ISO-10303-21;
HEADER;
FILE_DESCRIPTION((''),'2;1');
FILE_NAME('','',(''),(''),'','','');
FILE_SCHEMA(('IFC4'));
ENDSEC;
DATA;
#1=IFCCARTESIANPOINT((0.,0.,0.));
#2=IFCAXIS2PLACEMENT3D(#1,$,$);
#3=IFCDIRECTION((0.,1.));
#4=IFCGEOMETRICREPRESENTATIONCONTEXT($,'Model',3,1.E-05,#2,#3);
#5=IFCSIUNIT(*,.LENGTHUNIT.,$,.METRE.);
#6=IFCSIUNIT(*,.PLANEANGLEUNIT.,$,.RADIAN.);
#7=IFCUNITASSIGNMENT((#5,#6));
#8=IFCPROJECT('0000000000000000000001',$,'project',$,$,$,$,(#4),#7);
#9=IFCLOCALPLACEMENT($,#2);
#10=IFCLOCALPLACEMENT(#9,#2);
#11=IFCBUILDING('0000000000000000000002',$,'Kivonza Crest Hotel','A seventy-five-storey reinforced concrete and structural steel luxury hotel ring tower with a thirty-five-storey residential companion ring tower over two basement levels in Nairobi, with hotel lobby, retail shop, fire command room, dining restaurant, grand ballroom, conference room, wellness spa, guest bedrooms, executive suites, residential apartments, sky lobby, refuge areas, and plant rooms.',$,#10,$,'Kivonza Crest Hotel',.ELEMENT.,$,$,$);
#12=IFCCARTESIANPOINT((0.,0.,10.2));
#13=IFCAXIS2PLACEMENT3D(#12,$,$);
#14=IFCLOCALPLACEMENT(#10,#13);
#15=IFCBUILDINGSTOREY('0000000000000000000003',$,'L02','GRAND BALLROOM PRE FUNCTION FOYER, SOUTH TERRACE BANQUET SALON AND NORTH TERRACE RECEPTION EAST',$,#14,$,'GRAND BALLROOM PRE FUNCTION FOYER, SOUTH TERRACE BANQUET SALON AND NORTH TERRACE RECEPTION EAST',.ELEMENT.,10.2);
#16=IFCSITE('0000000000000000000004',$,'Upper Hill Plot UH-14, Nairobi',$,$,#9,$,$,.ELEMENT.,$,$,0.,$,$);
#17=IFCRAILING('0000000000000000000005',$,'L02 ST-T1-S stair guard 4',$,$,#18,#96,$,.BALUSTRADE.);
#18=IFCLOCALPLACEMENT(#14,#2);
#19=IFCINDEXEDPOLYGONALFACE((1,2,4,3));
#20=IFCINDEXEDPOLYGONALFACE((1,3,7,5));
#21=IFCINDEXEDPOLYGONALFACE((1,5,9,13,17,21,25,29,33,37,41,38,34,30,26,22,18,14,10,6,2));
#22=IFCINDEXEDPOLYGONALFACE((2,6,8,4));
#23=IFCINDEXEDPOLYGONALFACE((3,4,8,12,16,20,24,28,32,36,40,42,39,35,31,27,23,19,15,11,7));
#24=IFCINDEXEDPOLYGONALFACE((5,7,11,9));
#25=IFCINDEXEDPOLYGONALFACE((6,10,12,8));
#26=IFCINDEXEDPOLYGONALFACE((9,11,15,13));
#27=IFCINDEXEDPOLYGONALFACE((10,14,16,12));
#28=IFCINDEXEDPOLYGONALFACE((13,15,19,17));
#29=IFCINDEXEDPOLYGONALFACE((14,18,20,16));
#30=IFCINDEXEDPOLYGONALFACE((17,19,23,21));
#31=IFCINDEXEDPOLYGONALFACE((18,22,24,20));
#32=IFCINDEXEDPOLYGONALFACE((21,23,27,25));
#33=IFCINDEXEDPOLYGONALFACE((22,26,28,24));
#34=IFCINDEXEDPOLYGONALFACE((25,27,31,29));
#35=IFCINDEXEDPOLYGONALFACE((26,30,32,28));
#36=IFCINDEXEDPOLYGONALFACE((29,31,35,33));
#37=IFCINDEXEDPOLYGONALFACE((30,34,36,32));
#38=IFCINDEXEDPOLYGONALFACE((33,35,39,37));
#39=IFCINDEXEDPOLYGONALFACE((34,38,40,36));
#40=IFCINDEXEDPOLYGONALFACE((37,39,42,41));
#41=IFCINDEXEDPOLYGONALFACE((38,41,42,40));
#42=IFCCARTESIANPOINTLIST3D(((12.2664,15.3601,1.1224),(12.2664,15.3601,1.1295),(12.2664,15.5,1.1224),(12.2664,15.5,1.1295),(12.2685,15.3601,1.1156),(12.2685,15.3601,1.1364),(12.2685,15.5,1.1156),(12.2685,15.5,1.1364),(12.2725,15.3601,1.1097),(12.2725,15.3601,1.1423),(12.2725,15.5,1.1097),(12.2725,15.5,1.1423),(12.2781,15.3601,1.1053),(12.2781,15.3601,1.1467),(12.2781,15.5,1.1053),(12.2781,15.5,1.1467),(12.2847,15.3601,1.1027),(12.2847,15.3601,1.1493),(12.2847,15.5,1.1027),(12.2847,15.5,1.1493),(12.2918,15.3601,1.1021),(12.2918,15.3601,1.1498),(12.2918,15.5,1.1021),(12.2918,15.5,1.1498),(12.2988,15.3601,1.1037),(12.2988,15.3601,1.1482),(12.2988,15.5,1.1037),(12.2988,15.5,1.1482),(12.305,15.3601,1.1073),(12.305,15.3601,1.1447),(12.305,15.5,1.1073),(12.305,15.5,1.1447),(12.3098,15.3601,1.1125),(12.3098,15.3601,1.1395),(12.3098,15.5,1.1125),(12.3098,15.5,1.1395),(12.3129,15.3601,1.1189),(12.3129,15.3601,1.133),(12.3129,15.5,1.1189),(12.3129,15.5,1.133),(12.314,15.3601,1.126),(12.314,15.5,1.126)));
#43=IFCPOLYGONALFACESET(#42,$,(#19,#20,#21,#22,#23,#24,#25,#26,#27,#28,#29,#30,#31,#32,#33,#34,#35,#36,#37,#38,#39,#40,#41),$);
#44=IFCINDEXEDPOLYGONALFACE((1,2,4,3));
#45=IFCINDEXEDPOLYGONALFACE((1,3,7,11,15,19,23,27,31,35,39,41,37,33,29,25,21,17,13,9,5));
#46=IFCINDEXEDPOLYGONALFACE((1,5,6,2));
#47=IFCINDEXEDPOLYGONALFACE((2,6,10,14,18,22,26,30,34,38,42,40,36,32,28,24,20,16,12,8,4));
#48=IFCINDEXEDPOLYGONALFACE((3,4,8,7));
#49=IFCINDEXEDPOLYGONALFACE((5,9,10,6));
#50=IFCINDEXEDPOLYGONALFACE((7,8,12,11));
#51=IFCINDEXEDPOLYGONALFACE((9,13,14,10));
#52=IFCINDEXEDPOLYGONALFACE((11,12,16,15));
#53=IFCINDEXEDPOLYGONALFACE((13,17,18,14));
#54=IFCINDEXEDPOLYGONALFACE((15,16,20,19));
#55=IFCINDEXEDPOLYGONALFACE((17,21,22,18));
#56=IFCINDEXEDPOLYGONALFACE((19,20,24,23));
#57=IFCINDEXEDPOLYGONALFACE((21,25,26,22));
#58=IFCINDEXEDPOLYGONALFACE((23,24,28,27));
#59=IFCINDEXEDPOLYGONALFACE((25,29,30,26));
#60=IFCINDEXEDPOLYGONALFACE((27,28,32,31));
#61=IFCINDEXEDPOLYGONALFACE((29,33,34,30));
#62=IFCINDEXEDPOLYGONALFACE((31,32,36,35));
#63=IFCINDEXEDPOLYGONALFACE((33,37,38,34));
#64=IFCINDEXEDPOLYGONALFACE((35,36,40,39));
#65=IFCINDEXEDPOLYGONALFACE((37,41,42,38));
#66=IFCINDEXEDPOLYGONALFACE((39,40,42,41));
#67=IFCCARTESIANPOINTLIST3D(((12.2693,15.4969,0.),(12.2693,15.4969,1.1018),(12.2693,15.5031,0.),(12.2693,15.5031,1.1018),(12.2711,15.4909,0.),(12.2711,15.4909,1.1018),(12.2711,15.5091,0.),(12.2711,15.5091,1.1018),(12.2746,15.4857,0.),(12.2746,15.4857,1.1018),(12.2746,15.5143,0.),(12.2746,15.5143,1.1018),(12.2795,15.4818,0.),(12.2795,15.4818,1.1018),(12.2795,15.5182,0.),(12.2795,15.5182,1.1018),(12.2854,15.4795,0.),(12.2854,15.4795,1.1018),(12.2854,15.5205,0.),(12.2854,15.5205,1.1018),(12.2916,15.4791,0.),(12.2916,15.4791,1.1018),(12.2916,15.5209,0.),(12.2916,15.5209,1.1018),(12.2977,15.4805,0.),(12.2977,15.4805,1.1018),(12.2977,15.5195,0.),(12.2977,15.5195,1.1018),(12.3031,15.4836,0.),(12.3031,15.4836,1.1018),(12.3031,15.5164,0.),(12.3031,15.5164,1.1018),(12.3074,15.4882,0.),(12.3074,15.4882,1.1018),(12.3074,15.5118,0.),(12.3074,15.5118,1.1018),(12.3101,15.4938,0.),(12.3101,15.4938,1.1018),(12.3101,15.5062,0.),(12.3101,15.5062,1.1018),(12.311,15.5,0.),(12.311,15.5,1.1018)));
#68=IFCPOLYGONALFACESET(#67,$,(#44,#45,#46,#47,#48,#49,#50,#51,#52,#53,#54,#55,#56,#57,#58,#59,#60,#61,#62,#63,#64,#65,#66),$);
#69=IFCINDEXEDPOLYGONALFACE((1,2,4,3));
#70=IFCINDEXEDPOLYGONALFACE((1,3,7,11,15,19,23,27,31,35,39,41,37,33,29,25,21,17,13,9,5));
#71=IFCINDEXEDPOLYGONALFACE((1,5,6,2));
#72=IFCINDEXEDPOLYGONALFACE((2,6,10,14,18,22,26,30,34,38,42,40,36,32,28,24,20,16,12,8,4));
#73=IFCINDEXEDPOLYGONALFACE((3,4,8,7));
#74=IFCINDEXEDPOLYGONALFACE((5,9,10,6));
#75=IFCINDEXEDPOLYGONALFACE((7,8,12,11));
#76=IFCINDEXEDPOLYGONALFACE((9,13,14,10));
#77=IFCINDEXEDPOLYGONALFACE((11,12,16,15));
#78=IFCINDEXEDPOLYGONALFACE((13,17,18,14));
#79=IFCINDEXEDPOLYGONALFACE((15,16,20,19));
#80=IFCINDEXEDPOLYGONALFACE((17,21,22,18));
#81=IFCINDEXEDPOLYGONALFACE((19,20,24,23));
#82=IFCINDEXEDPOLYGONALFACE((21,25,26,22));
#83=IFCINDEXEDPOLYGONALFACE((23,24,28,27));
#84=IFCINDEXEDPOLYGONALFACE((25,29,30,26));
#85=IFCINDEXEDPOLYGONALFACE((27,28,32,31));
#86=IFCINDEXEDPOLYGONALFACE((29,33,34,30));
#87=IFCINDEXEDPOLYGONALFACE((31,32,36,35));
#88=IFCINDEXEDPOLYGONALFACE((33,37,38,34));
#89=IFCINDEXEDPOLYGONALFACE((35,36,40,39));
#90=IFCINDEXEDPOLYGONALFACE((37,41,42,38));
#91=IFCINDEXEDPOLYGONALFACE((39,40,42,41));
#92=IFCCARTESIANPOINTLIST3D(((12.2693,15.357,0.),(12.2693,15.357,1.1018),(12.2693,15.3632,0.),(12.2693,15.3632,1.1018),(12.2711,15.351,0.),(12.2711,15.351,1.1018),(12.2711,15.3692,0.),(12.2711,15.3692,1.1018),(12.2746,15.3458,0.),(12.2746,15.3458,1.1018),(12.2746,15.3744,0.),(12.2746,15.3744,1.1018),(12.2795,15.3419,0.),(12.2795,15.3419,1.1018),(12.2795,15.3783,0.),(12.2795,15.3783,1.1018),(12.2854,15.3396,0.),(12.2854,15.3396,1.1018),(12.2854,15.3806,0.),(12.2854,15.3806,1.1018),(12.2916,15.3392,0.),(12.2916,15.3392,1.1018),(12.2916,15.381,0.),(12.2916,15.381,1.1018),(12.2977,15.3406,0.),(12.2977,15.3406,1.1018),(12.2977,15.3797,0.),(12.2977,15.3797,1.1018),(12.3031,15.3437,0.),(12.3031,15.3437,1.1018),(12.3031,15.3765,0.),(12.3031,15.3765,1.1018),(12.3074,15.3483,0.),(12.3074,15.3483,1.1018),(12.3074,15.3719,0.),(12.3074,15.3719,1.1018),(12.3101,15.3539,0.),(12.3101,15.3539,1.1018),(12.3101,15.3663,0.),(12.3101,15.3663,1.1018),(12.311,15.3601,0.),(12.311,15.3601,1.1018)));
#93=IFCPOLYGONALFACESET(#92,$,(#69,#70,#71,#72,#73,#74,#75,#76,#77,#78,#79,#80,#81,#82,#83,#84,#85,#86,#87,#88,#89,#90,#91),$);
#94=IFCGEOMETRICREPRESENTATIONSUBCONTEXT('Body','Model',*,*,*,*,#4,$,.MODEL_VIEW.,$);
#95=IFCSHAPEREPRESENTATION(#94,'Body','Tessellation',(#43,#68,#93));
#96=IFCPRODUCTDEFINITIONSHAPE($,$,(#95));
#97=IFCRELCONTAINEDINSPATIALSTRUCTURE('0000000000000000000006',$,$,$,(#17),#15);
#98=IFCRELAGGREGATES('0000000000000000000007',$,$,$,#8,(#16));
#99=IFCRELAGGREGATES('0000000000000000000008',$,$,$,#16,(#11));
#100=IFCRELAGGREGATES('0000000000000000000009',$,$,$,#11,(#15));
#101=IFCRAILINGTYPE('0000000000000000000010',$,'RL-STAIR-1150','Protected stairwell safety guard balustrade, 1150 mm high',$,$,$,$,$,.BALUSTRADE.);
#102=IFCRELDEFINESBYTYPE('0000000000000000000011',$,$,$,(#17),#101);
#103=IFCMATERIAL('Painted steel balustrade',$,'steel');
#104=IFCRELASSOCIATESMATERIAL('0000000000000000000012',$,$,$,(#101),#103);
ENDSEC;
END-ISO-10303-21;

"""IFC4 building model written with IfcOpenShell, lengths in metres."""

from ifc_helpers import new_model, si_unit, direction, frame, origin, origin_2d, place, context, subcontext, project, spatial, circle, extrude, material, type_object, element, save


model = new_model("IFC4")

# Units and contexts
model_context = context("Model", 3, precision=1e-05, world=origin(), true_north=direction((0.0, 1.0)))
body_context = subcontext(model_context, "Body", "Model", "MODEL_VIEW")
ifc_project = project(units=[si_unit("LENGTHUNIT", "METRE"), si_unit("PLANEANGLEUNIT", "RADIAN")], contexts=[model_context])

# Site, building, storey
site_placement = place(None, origin())
site = spatial("IfcSite", under=ifc_project, at=site_placement, Name="Upper Hill Plot UH-14, Nairobi", CompositionType="ELEMENT", RefElevation=0.0)
building_placement = place(site_placement, origin())
building = spatial("IfcBuilding", under=site, at=building_placement, Name="Kivonza Crest Hotel", Description="A seventy-five-storey reinforced concrete and structural steel luxury hotel ring tower with a thirty-five-storey residential companion ring tower over two basement levels in Nairobi, with hotel lobby, retail shop, fire command room, dining restaurant, grand ballroom, conference room, wellness spa, guest bedrooms, executive suites, residential apartments, sky lobby, refuge areas, and plant rooms.", LongName="Kivonza Crest Hotel", CompositionType="ELEMENT")
storey_placement = place(building_placement, frame((0.0, 0.0, 10.2)))
storey = spatial("IfcBuildingStorey", under=building, at=storey_placement, Name="L02", Description="GRAND BALLROOM PRE FUNCTION FOYER, SOUTH TERRACE BANQUET SALON AND NORTH TERRACE RECEPTION EAST", LongName="GRAND BALLROOM PRE FUNCTION FOYER, SOUTH TERRACE BANQUET SALON AND NORTH TERRACE RECEPTION EAST", CompositionType="ELEMENT", Elevation=10.2)

# Railing
ifc_material_1 = material(Name="Painted steel balustrade", Category="steel")
railing_type_1 = type_object("IfcRailingType", Name="RL-STAIR-1150", Description="Protected stairwell safety guard balustrade, 1150 mm high", PredefinedType="BALUSTRADE", material=ifc_material_1)
railing_1_placement = place(storey_placement, frame((12.29, 15.5, 0.0)))
element("IfcRailing", 1, at=railing_1_placement, inside=storey, type_object=railing_type_1, Name="L02 ST-T1-S stair guard 4", PredefinedType="BALUSTRADE", context=body_context, shape_type="SweptSolid", body=[
    extrude(circle(Radius=0.0239, at=origin_2d()), frame((0.0, 0.0, 1.126), z_axis=(0.0, -1.0, 0.0), x_axis=(1.0, 0.0, 0.0)), (0.0, 0.0, 1.0), 0.1399),
    extrude(circle(Radius=0.021, at=origin_2d()), origin(), (0.0, 0.0, 1.0), 1.1018),
    extrude(circle(Radius=0.021, at=origin_2d()), frame((0.0, -0.1399, 0.0)), (0.0, 0.0, 1.0), 1.1018),
])

save(model, "model.ifc")
